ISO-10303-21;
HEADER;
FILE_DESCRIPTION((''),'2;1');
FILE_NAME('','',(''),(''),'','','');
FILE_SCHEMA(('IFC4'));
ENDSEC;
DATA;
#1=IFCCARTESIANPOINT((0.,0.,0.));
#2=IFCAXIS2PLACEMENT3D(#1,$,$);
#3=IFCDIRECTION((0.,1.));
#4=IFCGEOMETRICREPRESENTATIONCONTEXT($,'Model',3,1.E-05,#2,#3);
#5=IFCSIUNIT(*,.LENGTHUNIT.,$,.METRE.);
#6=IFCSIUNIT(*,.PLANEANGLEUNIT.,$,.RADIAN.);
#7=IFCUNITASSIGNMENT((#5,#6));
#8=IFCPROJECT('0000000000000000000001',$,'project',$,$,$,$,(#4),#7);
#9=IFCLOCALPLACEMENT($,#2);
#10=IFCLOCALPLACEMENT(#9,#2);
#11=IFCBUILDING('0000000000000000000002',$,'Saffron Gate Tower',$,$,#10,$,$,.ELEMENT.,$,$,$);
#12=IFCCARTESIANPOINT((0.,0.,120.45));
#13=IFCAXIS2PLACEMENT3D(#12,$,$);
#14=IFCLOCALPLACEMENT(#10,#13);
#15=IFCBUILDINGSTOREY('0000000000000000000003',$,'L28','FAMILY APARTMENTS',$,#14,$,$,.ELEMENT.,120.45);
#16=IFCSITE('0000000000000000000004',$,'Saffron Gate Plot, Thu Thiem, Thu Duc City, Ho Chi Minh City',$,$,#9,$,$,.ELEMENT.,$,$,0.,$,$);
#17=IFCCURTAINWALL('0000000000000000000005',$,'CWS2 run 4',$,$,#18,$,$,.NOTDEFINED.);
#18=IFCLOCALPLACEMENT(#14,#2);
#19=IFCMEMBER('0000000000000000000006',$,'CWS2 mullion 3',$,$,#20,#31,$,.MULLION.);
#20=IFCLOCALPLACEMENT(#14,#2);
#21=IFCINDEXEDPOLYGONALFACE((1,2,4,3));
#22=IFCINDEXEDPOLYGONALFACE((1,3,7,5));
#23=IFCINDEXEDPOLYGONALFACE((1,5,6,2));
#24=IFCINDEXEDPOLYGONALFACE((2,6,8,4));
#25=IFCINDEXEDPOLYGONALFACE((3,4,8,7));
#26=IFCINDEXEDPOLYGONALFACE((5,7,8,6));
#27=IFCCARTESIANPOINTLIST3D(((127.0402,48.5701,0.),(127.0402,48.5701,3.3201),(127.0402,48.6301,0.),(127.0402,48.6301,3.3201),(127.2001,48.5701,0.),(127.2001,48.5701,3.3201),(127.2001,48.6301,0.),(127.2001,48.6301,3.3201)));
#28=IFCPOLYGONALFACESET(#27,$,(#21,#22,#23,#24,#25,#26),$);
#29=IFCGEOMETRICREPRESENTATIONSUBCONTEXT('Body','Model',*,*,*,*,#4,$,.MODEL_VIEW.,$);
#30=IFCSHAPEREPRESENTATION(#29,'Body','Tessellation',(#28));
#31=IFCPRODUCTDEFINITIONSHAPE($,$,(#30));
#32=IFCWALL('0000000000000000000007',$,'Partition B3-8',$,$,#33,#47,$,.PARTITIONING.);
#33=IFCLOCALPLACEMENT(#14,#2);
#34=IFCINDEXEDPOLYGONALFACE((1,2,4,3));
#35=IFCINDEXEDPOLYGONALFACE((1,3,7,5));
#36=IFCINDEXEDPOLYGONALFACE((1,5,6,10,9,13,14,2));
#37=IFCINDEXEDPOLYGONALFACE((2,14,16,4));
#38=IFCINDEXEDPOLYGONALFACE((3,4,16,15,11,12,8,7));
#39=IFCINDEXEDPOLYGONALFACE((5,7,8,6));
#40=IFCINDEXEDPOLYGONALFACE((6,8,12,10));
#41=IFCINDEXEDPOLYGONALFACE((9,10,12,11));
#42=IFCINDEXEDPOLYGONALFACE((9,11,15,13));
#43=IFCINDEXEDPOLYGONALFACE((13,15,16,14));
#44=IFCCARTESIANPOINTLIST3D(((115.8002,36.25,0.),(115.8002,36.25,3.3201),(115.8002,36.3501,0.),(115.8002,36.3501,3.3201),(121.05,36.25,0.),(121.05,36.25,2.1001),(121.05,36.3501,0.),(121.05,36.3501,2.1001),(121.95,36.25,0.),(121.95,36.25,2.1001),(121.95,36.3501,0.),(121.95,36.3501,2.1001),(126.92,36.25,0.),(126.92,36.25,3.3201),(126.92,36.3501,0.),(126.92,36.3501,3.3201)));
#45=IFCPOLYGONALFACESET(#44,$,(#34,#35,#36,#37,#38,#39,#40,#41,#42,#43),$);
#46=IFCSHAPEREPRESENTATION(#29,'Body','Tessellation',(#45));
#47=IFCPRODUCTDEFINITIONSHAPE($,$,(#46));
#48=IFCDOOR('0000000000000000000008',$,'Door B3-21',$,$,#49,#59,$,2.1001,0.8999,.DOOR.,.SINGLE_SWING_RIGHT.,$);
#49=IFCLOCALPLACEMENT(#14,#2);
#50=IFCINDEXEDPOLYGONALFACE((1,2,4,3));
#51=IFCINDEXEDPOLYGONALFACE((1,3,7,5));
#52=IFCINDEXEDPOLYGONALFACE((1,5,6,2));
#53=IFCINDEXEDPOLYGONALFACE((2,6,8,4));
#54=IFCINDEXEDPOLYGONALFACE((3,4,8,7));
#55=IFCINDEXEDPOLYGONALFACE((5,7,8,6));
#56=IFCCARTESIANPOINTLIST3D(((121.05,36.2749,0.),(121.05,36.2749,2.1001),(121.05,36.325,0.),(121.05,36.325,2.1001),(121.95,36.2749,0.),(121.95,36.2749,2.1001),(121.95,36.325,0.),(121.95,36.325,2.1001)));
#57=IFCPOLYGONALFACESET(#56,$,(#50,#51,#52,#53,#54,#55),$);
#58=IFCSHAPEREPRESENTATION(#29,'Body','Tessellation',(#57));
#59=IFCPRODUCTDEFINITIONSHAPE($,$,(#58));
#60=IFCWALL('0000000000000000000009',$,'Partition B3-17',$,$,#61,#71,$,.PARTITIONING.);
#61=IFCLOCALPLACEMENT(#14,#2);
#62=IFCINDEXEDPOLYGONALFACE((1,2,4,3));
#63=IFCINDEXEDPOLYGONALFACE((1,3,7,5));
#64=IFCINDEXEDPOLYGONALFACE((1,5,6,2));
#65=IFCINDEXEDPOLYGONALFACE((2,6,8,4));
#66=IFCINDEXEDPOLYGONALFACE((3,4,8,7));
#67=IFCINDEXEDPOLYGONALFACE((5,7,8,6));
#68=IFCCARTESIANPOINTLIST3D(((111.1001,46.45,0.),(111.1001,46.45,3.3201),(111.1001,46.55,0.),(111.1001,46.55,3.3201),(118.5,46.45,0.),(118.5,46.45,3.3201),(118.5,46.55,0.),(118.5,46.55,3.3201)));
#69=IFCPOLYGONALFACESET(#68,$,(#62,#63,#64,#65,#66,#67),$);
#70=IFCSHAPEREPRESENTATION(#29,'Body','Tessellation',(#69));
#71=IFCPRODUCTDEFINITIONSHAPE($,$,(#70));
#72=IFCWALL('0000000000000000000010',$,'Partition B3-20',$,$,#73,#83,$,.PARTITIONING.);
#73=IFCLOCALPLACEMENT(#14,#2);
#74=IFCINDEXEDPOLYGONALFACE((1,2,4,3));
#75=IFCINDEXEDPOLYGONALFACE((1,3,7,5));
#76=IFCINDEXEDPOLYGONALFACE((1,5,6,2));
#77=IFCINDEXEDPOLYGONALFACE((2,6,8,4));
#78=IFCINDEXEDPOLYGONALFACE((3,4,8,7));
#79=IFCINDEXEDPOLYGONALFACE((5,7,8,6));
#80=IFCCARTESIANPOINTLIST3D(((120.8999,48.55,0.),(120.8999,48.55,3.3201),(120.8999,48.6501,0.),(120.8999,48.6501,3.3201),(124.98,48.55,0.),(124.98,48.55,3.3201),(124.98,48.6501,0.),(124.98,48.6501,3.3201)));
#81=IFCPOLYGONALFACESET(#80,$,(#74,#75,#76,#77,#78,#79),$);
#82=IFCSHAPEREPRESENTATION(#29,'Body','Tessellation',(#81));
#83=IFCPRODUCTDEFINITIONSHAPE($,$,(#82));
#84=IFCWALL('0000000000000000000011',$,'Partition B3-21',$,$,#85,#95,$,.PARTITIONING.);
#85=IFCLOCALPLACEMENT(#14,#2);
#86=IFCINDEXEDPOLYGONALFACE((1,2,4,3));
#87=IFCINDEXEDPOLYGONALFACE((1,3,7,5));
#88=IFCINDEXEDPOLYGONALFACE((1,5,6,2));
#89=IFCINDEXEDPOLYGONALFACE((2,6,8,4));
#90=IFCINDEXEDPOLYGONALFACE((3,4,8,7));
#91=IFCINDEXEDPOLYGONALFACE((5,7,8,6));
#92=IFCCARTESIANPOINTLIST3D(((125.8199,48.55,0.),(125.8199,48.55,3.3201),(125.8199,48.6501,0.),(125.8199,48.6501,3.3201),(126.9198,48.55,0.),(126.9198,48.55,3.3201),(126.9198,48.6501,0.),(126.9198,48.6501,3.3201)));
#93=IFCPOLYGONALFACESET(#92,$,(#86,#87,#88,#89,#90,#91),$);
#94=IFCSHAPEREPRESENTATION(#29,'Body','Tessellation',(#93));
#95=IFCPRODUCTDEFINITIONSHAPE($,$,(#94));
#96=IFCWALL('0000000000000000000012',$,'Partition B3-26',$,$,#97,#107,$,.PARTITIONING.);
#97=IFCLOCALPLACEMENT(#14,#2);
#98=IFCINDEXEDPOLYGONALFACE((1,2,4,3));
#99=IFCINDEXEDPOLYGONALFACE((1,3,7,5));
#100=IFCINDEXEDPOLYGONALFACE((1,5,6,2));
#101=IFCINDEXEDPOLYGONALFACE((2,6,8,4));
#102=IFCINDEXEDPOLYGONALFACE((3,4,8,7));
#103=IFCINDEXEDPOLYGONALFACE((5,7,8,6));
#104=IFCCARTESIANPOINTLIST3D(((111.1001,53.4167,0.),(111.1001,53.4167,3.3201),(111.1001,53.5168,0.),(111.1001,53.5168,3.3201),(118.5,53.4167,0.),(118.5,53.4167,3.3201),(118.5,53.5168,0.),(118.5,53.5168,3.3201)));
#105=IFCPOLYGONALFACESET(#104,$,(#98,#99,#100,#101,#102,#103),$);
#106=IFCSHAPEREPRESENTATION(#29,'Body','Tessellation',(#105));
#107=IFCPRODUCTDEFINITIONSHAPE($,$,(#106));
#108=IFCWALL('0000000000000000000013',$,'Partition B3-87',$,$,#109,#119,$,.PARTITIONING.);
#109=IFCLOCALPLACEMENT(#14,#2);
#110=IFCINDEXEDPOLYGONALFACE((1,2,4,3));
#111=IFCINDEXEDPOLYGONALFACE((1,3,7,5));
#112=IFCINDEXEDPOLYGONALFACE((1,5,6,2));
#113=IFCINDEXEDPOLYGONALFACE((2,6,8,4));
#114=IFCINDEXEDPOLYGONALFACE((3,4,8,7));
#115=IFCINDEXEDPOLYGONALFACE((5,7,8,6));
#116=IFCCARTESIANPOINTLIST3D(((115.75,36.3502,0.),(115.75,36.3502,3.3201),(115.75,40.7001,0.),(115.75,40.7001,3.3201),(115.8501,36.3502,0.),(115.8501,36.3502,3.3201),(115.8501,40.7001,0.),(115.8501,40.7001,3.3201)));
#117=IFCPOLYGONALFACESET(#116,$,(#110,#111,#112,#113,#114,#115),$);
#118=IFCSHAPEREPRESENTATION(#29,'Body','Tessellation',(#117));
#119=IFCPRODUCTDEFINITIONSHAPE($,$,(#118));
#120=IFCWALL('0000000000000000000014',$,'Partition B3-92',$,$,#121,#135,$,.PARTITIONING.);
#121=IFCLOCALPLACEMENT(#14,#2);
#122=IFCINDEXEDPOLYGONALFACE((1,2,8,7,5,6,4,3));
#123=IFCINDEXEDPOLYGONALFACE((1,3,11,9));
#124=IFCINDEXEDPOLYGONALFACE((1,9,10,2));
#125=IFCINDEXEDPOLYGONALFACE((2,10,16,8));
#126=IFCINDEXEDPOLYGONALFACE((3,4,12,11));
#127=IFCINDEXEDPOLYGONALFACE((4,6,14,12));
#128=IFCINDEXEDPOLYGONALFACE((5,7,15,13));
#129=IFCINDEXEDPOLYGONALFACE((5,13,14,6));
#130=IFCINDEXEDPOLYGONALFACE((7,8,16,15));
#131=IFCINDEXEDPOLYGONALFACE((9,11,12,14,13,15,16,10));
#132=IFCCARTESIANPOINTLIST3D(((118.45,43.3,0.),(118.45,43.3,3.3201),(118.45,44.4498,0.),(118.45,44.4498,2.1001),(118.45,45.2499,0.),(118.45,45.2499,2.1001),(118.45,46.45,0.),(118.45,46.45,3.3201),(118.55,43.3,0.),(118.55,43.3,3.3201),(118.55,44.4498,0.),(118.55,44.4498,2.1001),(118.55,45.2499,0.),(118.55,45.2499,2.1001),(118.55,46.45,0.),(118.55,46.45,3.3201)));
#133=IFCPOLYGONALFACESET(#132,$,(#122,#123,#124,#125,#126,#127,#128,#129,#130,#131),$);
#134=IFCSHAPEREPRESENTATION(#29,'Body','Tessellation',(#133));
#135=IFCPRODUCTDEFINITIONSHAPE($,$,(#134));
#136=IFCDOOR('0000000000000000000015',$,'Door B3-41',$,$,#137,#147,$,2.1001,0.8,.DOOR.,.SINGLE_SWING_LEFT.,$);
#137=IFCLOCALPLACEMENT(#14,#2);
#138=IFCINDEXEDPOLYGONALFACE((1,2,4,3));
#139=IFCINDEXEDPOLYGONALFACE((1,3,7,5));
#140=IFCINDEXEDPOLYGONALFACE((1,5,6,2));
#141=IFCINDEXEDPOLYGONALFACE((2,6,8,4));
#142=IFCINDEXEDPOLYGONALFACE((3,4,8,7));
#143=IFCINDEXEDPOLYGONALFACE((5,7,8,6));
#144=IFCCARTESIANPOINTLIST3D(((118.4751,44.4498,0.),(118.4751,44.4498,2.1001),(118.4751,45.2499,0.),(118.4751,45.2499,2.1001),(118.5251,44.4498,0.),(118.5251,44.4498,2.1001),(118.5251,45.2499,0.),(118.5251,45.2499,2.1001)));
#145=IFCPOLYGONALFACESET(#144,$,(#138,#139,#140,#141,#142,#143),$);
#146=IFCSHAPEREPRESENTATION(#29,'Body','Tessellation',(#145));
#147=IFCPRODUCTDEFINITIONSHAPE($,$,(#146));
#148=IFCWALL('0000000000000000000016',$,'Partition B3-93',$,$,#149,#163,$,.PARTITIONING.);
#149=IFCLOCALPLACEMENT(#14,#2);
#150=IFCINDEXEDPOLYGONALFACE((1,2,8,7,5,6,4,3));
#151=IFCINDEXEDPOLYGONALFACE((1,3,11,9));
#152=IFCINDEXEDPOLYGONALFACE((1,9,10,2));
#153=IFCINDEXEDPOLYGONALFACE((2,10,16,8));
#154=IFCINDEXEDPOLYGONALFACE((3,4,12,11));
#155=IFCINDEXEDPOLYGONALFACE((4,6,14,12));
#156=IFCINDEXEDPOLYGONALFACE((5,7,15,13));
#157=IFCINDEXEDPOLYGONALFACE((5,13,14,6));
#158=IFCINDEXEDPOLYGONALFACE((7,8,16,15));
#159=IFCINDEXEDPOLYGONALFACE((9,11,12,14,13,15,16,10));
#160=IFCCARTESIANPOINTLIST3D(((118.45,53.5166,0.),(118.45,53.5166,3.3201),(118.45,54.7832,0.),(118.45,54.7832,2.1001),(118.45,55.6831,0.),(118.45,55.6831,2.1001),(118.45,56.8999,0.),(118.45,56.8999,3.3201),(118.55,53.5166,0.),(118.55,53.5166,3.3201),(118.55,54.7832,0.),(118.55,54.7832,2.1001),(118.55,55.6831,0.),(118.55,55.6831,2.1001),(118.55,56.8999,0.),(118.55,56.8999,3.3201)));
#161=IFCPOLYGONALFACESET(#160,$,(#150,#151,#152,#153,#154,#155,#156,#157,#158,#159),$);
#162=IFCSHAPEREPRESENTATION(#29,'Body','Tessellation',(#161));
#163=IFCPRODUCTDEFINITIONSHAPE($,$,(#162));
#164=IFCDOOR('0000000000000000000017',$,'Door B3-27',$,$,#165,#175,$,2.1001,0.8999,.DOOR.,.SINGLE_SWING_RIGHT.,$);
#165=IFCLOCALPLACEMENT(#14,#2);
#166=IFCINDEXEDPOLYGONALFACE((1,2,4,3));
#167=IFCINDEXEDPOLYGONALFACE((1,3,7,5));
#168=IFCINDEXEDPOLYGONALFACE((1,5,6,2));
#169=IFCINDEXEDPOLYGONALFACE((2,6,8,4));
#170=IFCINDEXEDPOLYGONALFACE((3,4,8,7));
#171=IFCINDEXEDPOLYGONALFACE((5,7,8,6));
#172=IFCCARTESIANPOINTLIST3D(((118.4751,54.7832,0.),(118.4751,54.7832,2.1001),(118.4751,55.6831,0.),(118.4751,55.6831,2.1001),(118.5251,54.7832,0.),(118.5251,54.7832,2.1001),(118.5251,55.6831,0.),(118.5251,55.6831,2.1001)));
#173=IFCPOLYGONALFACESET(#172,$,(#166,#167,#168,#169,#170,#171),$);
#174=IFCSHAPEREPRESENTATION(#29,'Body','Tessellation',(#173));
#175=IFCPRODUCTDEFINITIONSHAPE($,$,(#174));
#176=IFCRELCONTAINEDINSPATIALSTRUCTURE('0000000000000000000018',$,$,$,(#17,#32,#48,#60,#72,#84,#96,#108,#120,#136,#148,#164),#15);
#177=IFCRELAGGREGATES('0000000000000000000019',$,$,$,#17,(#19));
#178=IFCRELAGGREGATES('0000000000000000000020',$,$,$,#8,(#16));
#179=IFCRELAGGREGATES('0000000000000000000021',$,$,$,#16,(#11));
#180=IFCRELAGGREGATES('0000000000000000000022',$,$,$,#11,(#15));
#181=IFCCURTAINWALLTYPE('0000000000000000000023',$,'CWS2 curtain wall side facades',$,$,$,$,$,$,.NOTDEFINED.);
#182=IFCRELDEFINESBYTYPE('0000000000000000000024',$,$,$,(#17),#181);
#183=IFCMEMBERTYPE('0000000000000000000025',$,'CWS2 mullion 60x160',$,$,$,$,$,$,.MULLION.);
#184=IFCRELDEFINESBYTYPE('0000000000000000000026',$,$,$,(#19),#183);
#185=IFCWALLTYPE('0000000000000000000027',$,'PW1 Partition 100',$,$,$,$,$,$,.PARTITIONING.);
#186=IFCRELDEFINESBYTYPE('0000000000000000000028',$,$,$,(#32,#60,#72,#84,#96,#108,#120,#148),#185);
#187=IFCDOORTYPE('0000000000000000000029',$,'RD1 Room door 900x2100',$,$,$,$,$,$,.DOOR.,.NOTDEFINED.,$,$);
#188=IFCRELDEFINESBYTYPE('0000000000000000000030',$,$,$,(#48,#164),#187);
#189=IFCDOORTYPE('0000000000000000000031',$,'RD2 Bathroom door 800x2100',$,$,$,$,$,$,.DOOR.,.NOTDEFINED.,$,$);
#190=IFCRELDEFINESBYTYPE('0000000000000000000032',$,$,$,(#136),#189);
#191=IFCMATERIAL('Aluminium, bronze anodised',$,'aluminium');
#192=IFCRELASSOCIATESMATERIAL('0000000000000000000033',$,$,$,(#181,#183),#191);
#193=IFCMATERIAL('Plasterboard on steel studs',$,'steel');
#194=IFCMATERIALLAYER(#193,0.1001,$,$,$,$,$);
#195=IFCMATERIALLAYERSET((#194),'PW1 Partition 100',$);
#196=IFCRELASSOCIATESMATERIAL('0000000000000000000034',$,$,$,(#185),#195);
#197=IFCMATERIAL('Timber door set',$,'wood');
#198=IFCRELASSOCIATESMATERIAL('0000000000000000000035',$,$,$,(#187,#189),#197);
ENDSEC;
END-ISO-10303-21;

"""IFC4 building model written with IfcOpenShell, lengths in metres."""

from ifc_helpers import new_model, si_unit, direction, frame, frame_2d, origin, origin_2d, place, context, subcontext, project, spatial, rectangle, extrude, material, layer, layer_set, material_profile, profile_set, type_object, element, fill, aggregate, save


model = new_model("IFC4")

# Units and contexts
model_context = context("Model", 3, precision=1e-05, world=origin(), true_north=direction((0.0, 1.0)))
body_context = subcontext(model_context, "Body", "Model", "MODEL_VIEW")
ifc_project = project(units=[si_unit("LENGTHUNIT", "METRE"), si_unit("PLANEANGLEUNIT", "RADIAN")], contexts=[model_context])

# Site, building, storey
site_placement = place(None, origin())
site = spatial("IfcSite", under=ifc_project, at=site_placement, Name="Saffron Gate Plot, Thu Thiem, Thu Duc City, Ho Chi Minh City", CompositionType="ELEMENT", RefElevation=0.0)
building_placement = place(site_placement, origin())
building = spatial("IfcBuilding", under=site, at=building_placement, Name="Saffron Gate Tower", CompositionType="ELEMENT")
storey_placement = place(building_placement, frame((0.0, 0.0, 120.45)))
storey = spatial("IfcBuildingStorey", under=building, at=storey_placement, Name="L28", Description="FAMILY APARTMENTS", CompositionType="ELEMENT", Elevation=120.45)

# Curtain wall, member
ifc_material_1 = material(Name="Aluminium, bronze anodised", Category="aluminium")
curtain_wall_type = type_object("IfcCurtainWallType", Name="CWS2 curtain wall side facades", PredefinedType="NOTDEFINED", material=ifc_material_1)
curtain_wall_placement = place(storey_placement, origin())
curtain_wall = element("IfcCurtainWall", 1, at=curtain_wall_placement, inside=storey, type_object=curtain_wall_type, Name="CWS2 run 4", PredefinedType="NOTDEFINED")
ifc_material_profile_1 = material_profile(ifc_material_1, rectangle(XDim=0.1599, YDim=0.0601, at=origin_2d()))
ifc_profile_set_1 = profile_set([ifc_material_profile_1], Name="Aluminium, bronze anodised")
member_type = type_object("IfcMemberType", Name="CWS2 mullion 60x160", PredefinedType="MULLION", material=ifc_profile_set_1)
member_1_placement = place(storey_placement, frame((127.1201, 48.6001, 0.0), z_axis=(0.0, 0.0, 1.0), x_axis=(-1.0, 0.0, 0.0)))
member_1 = element("IfcMember", 2, at=member_1_placement, type_object=member_type, Name="CWS2 mullion 3", PredefinedType="MULLION", context=body_context, shape_type="SweptSolid", body=[
    extrude(rectangle(XDim=0.1599, YDim=0.0601, at=origin_2d()), origin(), (0.0, 0.0, 1.0), 3.3201),
])
aggregate(curtain_wall, [member_1])

# Wall, opening, door
ifc_material_2 = material(Name="Plasterboard on steel studs", Category="steel")
ifc_layer_1 = layer(ifc_material_2, 0.1001)
ifc_layer_set_1 = layer_set([ifc_layer_1], Name="PW1 Partition 100")
wall_type_1 = type_object("IfcWallType", Name="PW1 Partition 100", PredefinedType="PARTITIONING", material=ifc_layer_set_1)
wall_1_placement = place(storey_placement, frame((115.8, 36.3, 0.0), z_axis=(0.0, 0.0, 1.0), x_axis=(1.0, 0.0, 0.0)))
wall_1 = element("IfcWall", 3, at=wall_1_placement, inside=storey, type_object=wall_type_1, Name="Partition B3-8", PredefinedType="PARTITIONING", context=body_context, shape_type="SweptSolid", body=[
    extrude(rectangle(XDim=11.1199, YDim=0.1001, at=frame_2d((5.5601, 0.0))), origin(), (0.0, 0.0, 1.0), 3.3201),
])
opening_1_placement = place(wall_1_placement, frame((5.25, 0.0, 0.0)))
opening_1 = element("IfcOpeningElement", 4, at=opening_1_placement, cuts=wall_1, PredefinedType="OPENING", context=body_context, shape_type="SweptSolid", body=[
    extrude(rectangle(XDim=0.8999, YDim=2.1001, at=frame_2d((0.45, 1.05))), frame((0.0, 0.0601, 0.0), z_axis=(0.0, -1.0, 0.0), x_axis=(1.0, 0.0, 0.0)), (0.0, 0.0, 1.0), 0.1201),
])
ifc_material_3 = material(Name="Timber door set", Category="wood")
door_type_1 = type_object("IfcDoorType", Name="RD1 Room door 900x2100", OperationType="NOTDEFINED", PredefinedType="DOOR", material=ifc_material_3)
door_1_placement = place(opening_1_placement, origin())
door_1 = element("IfcDoor", 5, at=door_1_placement, inside=storey, type_object=door_type_1, Name="Door B3-21", OperationType="SINGLE_SWING_RIGHT", OverallHeight=2.1001, OverallWidth=0.8999, PredefinedType="DOOR", context=body_context, shape_type="SweptSolid", body=[
    extrude(rectangle(XDim=0.8999, YDim=2.1001, at=frame_2d((0.45, 1.05))), frame((0.0, 0.0249, 0.0), z_axis=(0.0, -1.0, 0.0), x_axis=(1.0, 0.0, 0.0)), (0.0, 0.0, 1.0), 0.05),
])
fill(opening_1, door_1)

# Walls
wall_2_placement = place(storey_placement, frame((111.1001, 46.5, 0.0), z_axis=(0.0, 0.0, 1.0), x_axis=(1.0, 0.0, 0.0)))
element("IfcWall", 6, at=wall_2_placement, inside=storey, type_object=wall_type_1, Name="Partition B3-17", PredefinedType="PARTITIONING", context=body_context, shape_type="SweptSolid", body=[
    extrude(rectangle(XDim=7.3999, YDim=0.1001, at=frame_2d((3.7, 0.0))), origin(), (0.0, 0.0, 1.0), 3.3201),
])
wall_3_placement = place(storey_placement, frame((120.8999, 48.6001, 0.0), z_axis=(0.0, 0.0, 1.0), x_axis=(1.0, 0.0, 0.0)))
element("IfcWall", 7, at=wall_3_placement, inside=storey, type_object=wall_type_1, Name="Partition B3-20", PredefinedType="PARTITIONING", context=body_context, shape_type="SweptSolid", body=[
    extrude(rectangle(XDim=4.0801, YDim=0.1001, at=frame_2d((2.04, 0.0))), origin(), (0.0, 0.0, 1.0), 3.3201),
])
wall_4_placement = place(storey_placement, frame((125.8201, 48.6001, 0.0), z_axis=(0.0, 0.0, 1.0), x_axis=(1.0, 0.0, 0.0)))
element("IfcWall", 8, at=wall_4_placement, inside=storey, type_object=wall_type_1, Name="Partition B3-21", PredefinedType="PARTITIONING", context=body_context, shape_type="SweptSolid", body=[
    extrude(rectangle(XDim=1.0999, YDim=0.1001, at=frame_2d((0.5498, 0.0))), origin(), (0.0, 0.0, 1.0), 3.3201),
])
wall_5_placement = place(storey_placement, frame((111.1001, 53.4668, 0.0), z_axis=(0.0, 0.0, 1.0), x_axis=(1.0, 0.0, 0.0)))
element("IfcWall", 9, at=wall_5_placement, inside=storey, type_object=wall_type_1, Name="Partition B3-26", PredefinedType="PARTITIONING", context=body_context, shape_type="SweptSolid", body=[
    extrude(rectangle(XDim=7.3999, YDim=0.1001, at=frame_2d((3.7, 0.0))), origin(), (0.0, 0.0, 1.0), 3.3201),
])
wall_6_placement = place(storey_placement, frame((115.8, 40.7, 0.0), z_axis=(0.0, 0.0, 1.0), x_axis=(0.0, -1.0, 0.0)))
element("IfcWall", 10, at=wall_6_placement, inside=storey, type_object=wall_type_1, Name="Partition B3-87", PredefinedType="PARTITIONING", context=body_context, shape_type="SweptSolid", body=[
    extrude(rectangle(XDim=4.3499, YDim=0.1001, at=frame_2d((2.1748, 0.0))), origin(), (0.0, 0.0, 1.0), 3.3201),
])

# Walls, openings, doors
wall_7_placement = place(storey_placement, frame((118.5, 43.3, 0.0), z_axis=(0.0, 0.0, 1.0), x_axis=(0.0, 1.0, 0.0)))
wall_7 = element("IfcWall", 11, at=wall_7_placement, inside=storey, type_object=wall_type_1, Name="Partition B3-92", PredefinedType="PARTITIONING", context=body_context, shape_type="SweptSolid", body=[
    extrude(rectangle(XDim=3.1499, YDim=0.1001, at=frame_2d((1.575, 0.0))), origin(), (0.0, 0.0, 1.0), 3.3201),
])
opening_2_placement = place(wall_7_placement, frame((1.1499, 0.0, 0.0)))
opening_2 = element("IfcOpeningElement", 12, at=opening_2_placement, cuts=wall_7, PredefinedType="OPENING", context=body_context, shape_type="SweptSolid", body=[
    extrude(rectangle(XDim=0.8, YDim=2.1001, at=frame_2d((0.3999, 1.05))), frame((0.0, 0.0601, 0.0), z_axis=(0.0, -1.0, 0.0), x_axis=(1.0, 0.0, 0.0)), (0.0, 0.0, 1.0), 0.1201),
])
door_type_2 = type_object("IfcDoorType", Name="RD2 Bathroom door 800x2100", OperationType="NOTDEFINED", PredefinedType="DOOR", material=ifc_material_3)
door_2_placement = place(opening_2_placement, origin())
door_2 = element("IfcDoor", 13, at=door_2_placement, inside=storey, type_object=door_type_2, Name="Door B3-41", OperationType="SINGLE_SWING_LEFT", OverallHeight=2.1001, OverallWidth=0.8, PredefinedType="DOOR", context=body_context, shape_type="SweptSolid", body=[
    extrude(rectangle(XDim=0.8, YDim=2.1001, at=frame_2d((0.3999, 1.05))), frame((0.0, 0.0249, 0.0), z_axis=(0.0, -1.0, 0.0), x_axis=(1.0, 0.0, 0.0)), (0.0, 0.0, 1.0), 0.05),
])
fill(opening_2, door_2)
wall_8_placement = place(storey_placement, frame((118.5, 53.5166, 0.0), z_axis=(0.0, 0.0, 1.0), x_axis=(0.0, 1.0, 0.0)))
wall_8 = element("IfcWall", 14, at=wall_8_placement, inside=storey, type_object=wall_type_1, Name="Partition B3-93", PredefinedType="PARTITIONING", context=body_context, shape_type="SweptSolid", body=[
    extrude(rectangle(XDim=3.3833, YDim=0.1001, at=frame_2d((1.6917, 0.0))), origin(), (0.0, 0.0, 1.0), 3.3201),
])
opening_3_placement = place(wall_8_placement, frame((1.2666, 0.0, 0.0)))
opening_3 = element("IfcOpeningElement", 15, at=opening_3_placement, cuts=wall_8, PredefinedType="OPENING", context=body_context, shape_type="SweptSolid", body=[
    extrude(rectangle(XDim=0.8999, YDim=2.1001, at=frame_2d((0.45, 1.05))), frame((0.0, 0.0601, 0.0), z_axis=(0.0, -1.0, 0.0), x_axis=(1.0, 0.0, 0.0)), (0.0, 0.0, 1.0), 0.1201),
])
door_3_placement = place(opening_3_placement, origin())
door_3 = element("IfcDoor", 16, at=door_3_placement, inside=storey, type_object=door_type_1, Name="Door B3-27", OperationType="SINGLE_SWING_RIGHT", OverallHeight=2.1001, OverallWidth=0.8999, PredefinedType="DOOR", context=body_context, shape_type="SweptSolid", body=[
    extrude(rectangle(XDim=0.8999, YDim=2.1001, at=frame_2d((0.45, 1.05))), frame((0.0, 0.0249, 0.0), z_axis=(0.0, -1.0, 0.0), x_axis=(1.0, 0.0, 0.0)), (0.0, 0.0, 1.0), 0.05),
])
fill(opening_3, door_3)

save(model, "model.ifc")
